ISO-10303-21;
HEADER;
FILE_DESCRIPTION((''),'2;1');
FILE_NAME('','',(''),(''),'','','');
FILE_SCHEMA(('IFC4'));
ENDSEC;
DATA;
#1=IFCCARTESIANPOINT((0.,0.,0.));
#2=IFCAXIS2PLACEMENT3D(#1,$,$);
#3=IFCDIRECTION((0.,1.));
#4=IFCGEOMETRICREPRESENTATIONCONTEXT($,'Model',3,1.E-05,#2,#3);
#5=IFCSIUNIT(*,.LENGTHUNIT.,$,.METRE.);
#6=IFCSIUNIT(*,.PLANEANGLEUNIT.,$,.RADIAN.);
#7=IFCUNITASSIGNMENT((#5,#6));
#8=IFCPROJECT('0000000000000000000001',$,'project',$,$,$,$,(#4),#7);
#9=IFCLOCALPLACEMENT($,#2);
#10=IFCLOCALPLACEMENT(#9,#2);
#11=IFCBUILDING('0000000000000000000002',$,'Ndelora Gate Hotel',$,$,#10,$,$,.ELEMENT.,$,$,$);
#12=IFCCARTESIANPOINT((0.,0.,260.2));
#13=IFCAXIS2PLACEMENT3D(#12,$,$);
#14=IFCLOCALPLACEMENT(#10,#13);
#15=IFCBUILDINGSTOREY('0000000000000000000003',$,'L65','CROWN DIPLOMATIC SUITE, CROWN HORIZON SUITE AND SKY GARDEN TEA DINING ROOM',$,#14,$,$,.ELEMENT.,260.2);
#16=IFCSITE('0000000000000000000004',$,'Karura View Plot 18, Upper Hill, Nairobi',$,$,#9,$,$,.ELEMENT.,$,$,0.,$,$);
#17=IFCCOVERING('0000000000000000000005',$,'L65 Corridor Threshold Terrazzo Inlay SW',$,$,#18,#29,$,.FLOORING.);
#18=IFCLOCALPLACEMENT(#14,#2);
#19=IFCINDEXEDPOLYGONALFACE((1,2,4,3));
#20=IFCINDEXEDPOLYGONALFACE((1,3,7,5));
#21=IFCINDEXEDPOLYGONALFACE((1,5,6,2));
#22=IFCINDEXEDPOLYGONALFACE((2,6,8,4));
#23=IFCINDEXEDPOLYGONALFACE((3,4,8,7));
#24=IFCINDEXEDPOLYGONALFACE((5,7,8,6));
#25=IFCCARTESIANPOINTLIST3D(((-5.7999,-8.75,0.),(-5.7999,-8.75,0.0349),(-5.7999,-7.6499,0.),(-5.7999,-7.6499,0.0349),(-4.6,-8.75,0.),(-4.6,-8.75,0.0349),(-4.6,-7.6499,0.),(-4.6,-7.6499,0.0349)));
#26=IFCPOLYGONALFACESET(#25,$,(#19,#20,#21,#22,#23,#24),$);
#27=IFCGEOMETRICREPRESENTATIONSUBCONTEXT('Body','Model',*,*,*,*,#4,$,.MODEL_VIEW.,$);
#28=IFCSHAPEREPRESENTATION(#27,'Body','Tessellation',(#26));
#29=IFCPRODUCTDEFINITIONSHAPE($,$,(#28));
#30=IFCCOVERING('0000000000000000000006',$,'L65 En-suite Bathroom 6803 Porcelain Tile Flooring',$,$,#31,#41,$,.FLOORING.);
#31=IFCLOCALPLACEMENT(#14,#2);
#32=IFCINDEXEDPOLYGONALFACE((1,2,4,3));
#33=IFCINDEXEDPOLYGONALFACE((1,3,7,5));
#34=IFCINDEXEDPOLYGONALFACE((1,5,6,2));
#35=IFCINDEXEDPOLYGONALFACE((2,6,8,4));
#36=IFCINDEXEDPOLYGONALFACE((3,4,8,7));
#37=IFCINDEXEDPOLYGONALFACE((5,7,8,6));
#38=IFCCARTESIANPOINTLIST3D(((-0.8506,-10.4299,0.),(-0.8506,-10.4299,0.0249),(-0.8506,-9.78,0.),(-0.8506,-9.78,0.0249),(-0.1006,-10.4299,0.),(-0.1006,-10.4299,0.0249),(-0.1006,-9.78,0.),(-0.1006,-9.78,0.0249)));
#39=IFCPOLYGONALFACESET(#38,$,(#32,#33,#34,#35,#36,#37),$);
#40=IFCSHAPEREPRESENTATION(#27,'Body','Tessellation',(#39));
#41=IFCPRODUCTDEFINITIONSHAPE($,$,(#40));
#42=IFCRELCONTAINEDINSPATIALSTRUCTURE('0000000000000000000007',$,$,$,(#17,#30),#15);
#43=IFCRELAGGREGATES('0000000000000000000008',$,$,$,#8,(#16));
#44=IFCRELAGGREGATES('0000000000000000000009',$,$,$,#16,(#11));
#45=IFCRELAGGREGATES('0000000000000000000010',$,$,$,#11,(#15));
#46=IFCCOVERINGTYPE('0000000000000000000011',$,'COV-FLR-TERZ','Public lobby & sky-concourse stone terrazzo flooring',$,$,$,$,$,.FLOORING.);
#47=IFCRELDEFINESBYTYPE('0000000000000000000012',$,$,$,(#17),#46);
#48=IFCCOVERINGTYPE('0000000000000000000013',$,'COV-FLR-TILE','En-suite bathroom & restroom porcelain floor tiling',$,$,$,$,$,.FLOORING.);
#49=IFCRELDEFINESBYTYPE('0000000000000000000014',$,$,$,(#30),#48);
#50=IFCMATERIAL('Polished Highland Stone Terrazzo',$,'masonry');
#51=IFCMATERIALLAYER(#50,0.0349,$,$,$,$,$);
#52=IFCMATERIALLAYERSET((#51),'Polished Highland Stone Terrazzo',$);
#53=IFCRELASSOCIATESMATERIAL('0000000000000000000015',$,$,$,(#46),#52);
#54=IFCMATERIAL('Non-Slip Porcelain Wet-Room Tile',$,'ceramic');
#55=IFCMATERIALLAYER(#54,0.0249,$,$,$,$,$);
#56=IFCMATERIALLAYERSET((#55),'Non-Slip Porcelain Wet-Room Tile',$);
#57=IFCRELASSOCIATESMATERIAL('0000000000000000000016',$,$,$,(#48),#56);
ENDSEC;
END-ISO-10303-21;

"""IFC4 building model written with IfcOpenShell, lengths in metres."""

from ifc_helpers import new_model, si_unit, direction, frame, origin, origin_2d, place, context, subcontext, project, spatial, rectangle, extrude, material, layer, layer_set, type_object, element, save


model = new_model("IFC4")

# Units and contexts
model_context = context("Model", 3, precision=1e-05, world=origin(), true_north=direction((0.0, 1.0)))
body_context = subcontext(model_context, "Body", "Model", "MODEL_VIEW")
ifc_project = project(units=[si_unit("LENGTHUNIT", "METRE"), si_unit("PLANEANGLEUNIT", "RADIAN")], contexts=[model_context])

# Site, building, storey
site_placement = place(None, origin())
site = spatial("IfcSite", under=ifc_project, at=site_placement, Name="Karura View Plot 18, Upper Hill, Nairobi", CompositionType="ELEMENT", RefElevation=0.0)
building_placement = place(site_placement, origin())
building = spatial("IfcBuilding", under=site, at=building_placement, Name="Ndelora Gate Hotel", CompositionType="ELEMENT")
storey_placement = place(building_placement, frame((0.0, 0.0, 260.2)))
storey = spatial("IfcBuildingStorey", under=building, at=storey_placement, Name="L65", Description="CROWN DIPLOMATIC SUITE, CROWN HORIZON SUITE AND SKY GARDEN TEA DINING ROOM", CompositionType="ELEMENT", Elevation=260.2)

# Coverings
ifc_material_1 = material(Name="Polished Highland Stone Terrazzo", Category="masonry")
ifc_layer_1 = layer(ifc_material_1, 0.0349)
ifc_layer_set_1 = layer_set([ifc_layer_1], Name="Polished Highland Stone Terrazzo")
covering_type_1 = type_object("IfcCoveringType", Name="COV-FLR-TERZ", Description="Public lobby & sky-concourse stone terrazzo flooring", PredefinedType="FLOORING", material=ifc_layer_set_1)
covering_1_placement = place(storey_placement, frame((-5.2, -8.2, 0.0), z_axis=(0.0, 0.0, 1.0), x_axis=(1.0, 0.0, 0.0)))
element("IfcCovering", 1, at=covering_1_placement, inside=storey, type_object=covering_type_1, Name="L65 Corridor Threshold Terrazzo Inlay SW", PredefinedType="FLOORING", context=body_context, shape_type="SweptSolid", body=[
    extrude(rectangle(XDim=1.2, YDim=1.1001, at=origin_2d()), origin(), (0.0, 0.0, 1.0), 0.0349),
])
ifc_material_2 = material(Name="Non-Slip Porcelain Wet-Room Tile", Category="ceramic")
ifc_layer_2 = layer(ifc_material_2, 0.0249)
ifc_layer_set_2 = layer_set([ifc_layer_2], Name="Non-Slip Porcelain Wet-Room Tile")
covering_type_2 = type_object("IfcCoveringType", Name="COV-FLR-TILE", Description="En-suite bathroom & restroom porcelain floor tiling", PredefinedType="FLOORING", material=ifc_layer_set_2)
covering_2_placement = place(storey_placement, frame((-0.4756, -10.105, 0.0), z_axis=(0.0, 0.0, 1.0), x_axis=(1.0, 0.0, 0.0)))
element("IfcCovering", 2, at=covering_2_placement, inside=storey, type_object=covering_type_2, Name="L65 En-suite Bathroom 6803 Porcelain Tile Flooring", PredefinedType="FLOORING", context=body_context, shape_type="SweptSolid", body=[
    extrude(rectangle(XDim=0.75, YDim=0.6499, at=origin_2d()), origin(), (0.0, 0.0, 1.0), 0.0249),
])

save(model, "model.ifc")
